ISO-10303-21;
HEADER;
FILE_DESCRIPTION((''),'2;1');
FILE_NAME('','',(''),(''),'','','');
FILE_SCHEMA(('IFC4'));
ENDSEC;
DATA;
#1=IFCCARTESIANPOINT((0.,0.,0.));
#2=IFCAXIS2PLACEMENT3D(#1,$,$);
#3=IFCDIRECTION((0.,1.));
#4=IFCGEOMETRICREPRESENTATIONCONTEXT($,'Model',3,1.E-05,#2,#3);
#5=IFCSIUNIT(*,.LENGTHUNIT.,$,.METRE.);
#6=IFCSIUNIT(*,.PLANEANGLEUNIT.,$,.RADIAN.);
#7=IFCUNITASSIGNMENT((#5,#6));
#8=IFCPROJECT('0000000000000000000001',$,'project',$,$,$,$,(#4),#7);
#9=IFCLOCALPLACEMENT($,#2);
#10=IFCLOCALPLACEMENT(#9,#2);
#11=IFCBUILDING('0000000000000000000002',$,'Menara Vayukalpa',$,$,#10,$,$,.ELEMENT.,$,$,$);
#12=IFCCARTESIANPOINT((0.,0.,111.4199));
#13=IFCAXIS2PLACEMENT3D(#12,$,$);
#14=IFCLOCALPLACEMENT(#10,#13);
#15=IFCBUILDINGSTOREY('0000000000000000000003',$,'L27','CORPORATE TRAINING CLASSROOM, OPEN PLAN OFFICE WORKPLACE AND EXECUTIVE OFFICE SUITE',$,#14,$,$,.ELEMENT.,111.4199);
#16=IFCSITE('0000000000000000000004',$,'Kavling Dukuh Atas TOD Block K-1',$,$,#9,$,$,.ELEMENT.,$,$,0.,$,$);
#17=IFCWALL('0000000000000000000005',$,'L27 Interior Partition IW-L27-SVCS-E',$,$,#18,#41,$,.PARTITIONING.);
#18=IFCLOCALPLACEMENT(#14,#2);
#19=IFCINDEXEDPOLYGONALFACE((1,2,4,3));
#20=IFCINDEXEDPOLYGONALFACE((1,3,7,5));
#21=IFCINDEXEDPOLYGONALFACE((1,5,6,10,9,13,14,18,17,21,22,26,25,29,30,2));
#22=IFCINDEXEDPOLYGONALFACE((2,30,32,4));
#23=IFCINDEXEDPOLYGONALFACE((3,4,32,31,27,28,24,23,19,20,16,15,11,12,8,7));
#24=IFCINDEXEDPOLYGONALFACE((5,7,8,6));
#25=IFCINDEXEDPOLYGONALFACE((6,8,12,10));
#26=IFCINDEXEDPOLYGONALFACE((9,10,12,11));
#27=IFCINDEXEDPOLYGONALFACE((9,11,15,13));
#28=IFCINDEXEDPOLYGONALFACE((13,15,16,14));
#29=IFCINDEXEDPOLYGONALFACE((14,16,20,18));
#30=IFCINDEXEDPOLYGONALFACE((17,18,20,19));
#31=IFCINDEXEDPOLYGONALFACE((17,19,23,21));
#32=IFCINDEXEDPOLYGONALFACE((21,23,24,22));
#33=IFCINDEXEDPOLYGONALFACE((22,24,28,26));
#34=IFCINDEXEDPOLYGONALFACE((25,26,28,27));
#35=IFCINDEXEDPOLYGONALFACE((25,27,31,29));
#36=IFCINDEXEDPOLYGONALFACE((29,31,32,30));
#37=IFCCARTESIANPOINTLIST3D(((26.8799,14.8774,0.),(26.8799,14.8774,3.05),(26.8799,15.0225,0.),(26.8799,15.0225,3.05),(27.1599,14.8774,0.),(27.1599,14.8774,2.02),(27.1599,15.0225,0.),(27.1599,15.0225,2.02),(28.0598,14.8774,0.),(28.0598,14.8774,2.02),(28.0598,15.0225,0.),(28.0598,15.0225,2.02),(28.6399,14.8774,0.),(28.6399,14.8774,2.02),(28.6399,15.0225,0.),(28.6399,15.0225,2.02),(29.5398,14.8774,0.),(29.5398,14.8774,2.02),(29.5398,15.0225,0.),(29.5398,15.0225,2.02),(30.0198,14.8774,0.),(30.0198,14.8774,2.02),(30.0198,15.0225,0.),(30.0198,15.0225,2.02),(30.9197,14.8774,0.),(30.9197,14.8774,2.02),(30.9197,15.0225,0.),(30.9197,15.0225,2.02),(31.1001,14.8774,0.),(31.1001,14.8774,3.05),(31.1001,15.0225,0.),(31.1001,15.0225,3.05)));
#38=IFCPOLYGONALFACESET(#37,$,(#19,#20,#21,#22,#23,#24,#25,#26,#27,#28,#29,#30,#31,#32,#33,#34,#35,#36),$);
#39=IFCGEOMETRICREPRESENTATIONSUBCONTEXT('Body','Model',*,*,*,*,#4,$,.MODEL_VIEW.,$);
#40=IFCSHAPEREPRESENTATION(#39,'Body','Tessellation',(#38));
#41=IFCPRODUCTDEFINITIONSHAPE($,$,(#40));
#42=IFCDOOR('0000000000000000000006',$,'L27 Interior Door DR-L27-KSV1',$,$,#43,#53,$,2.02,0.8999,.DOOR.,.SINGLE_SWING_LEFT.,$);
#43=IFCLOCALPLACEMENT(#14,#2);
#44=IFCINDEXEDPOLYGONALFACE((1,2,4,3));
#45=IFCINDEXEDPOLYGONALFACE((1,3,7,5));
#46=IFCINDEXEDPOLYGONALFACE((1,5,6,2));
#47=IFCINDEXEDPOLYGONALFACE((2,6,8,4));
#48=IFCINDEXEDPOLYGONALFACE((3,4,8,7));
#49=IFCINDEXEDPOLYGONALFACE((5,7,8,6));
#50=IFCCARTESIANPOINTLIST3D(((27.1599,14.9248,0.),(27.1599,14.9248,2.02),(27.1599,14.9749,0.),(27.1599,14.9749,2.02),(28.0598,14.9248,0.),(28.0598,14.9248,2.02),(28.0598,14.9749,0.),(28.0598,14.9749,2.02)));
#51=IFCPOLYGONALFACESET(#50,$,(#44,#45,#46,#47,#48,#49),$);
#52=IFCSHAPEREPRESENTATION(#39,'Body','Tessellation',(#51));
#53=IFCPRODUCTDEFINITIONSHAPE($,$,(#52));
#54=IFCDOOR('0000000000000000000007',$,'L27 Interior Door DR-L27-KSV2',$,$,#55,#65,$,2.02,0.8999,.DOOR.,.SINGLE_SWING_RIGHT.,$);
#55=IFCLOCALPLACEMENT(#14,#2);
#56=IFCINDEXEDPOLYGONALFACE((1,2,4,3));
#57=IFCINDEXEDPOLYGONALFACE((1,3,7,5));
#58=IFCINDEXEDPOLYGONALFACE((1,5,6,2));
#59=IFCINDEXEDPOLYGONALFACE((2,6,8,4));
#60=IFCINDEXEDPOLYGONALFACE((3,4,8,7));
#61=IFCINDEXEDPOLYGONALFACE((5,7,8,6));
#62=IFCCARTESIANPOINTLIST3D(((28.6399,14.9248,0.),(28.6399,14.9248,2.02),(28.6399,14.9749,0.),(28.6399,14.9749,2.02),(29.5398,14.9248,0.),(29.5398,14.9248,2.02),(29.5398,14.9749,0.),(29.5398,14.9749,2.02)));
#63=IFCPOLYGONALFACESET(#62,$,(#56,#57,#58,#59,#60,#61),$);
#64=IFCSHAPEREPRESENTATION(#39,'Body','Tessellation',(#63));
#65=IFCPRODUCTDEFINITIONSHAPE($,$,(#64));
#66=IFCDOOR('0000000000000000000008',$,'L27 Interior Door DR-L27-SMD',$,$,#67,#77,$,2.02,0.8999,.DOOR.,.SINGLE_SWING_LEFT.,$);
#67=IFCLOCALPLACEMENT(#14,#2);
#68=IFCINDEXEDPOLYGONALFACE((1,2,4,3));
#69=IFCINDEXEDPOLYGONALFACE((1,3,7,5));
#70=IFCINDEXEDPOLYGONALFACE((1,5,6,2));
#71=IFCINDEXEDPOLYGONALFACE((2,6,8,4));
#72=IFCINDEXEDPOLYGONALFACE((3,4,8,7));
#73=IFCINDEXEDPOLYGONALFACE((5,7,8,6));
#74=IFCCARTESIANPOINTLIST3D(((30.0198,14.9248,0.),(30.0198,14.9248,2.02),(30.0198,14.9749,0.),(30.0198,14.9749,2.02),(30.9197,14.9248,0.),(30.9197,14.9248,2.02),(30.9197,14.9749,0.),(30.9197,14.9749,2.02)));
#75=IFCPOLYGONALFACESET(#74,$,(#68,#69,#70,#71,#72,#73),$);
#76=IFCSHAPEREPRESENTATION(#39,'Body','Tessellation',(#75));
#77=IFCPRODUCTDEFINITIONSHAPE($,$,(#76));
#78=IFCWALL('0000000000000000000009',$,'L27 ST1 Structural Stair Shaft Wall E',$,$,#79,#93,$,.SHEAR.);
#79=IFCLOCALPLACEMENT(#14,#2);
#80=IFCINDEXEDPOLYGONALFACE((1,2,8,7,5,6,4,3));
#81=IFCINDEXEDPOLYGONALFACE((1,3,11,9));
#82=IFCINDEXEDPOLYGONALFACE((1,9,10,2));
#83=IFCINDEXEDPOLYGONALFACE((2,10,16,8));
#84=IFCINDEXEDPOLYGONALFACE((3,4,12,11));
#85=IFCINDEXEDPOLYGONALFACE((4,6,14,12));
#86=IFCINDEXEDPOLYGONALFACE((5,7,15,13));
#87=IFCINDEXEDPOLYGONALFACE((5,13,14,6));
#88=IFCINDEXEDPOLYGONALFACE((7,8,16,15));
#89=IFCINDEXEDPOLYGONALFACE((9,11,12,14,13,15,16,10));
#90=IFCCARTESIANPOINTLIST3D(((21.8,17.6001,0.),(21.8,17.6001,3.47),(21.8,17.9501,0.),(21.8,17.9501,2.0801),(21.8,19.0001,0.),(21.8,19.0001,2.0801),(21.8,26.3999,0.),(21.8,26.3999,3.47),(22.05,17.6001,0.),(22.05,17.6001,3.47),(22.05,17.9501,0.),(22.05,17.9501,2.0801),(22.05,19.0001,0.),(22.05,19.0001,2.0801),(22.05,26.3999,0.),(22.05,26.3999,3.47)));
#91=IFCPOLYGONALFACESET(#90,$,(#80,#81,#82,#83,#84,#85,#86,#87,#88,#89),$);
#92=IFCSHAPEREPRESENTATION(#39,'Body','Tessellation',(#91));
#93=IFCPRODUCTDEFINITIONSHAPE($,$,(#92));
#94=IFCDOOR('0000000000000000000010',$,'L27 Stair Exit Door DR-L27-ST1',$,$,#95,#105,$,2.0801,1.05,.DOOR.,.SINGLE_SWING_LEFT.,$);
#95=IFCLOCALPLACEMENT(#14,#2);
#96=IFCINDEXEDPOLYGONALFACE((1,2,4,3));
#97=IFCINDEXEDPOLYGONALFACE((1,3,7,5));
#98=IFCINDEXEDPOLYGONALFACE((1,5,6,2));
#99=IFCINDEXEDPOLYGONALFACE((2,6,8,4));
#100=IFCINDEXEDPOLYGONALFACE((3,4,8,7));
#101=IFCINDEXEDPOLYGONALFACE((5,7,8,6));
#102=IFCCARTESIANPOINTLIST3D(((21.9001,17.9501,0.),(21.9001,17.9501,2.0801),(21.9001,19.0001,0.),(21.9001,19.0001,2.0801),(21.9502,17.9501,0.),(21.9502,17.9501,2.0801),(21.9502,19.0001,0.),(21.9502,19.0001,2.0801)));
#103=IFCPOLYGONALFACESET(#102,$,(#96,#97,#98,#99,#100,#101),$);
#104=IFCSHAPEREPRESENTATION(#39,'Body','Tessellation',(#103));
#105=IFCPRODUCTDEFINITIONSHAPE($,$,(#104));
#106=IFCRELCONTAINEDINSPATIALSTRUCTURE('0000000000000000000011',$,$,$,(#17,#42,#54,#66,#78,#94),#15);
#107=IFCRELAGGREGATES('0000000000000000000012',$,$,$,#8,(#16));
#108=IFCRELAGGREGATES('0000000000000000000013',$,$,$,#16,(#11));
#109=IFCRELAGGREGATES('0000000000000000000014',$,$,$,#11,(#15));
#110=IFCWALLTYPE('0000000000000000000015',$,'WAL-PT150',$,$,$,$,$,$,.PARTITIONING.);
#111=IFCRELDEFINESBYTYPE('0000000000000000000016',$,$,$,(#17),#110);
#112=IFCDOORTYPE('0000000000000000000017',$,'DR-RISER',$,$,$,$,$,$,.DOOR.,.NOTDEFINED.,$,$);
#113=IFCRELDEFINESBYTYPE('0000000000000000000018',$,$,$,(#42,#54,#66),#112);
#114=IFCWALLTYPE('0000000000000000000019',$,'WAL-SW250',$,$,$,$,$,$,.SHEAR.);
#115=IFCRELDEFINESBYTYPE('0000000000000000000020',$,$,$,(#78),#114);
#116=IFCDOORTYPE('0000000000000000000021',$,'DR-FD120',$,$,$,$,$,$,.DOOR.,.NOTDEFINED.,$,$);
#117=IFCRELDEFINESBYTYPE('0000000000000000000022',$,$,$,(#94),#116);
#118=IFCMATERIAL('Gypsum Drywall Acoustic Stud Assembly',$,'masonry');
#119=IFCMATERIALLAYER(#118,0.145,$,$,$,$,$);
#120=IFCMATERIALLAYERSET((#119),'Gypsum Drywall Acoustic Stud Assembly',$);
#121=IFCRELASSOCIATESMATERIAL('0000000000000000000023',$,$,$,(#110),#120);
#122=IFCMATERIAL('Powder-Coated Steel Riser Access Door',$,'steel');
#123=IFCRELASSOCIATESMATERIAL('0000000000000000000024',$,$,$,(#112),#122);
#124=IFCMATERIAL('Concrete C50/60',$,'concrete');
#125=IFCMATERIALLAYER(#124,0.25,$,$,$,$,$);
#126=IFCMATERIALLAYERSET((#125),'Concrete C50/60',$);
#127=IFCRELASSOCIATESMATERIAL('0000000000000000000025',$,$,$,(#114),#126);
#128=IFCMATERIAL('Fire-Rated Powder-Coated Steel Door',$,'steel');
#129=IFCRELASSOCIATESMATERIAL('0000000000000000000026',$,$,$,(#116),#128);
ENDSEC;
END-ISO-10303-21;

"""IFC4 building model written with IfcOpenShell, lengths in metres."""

from ifc_helpers import new_model, si_unit, direction, frame, frame_2d, origin, place, context, subcontext, project, spatial, rectangle, extrude, material, layer, layer_set, type_object, element, fill, save


model = new_model("IFC4")

# Units and contexts
model_context = context("Model", 3, precision=1e-05, world=origin(), true_north=direction((0.0, 1.0)))
body_context = subcontext(model_context, "Body", "Model", "MODEL_VIEW")
ifc_project = project(units=[si_unit("LENGTHUNIT", "METRE"), si_unit("PLANEANGLEUNIT", "RADIAN")], contexts=[model_context])

# Site, building, storey
site_placement = place(None, origin())
site = spatial("IfcSite", under=ifc_project, at=site_placement, Name="Kavling Dukuh Atas TOD Block K-1", CompositionType="ELEMENT", RefElevation=0.0)
building_placement = place(site_placement, origin())
building = spatial("IfcBuilding", under=site, at=building_placement, Name="Menara Vayukalpa", CompositionType="ELEMENT")
storey_placement = place(building_placement, frame((0.0, 0.0, 111.4199)))
storey = spatial("IfcBuildingStorey", under=building, at=storey_placement, Name="L27", Description="CORPORATE TRAINING CLASSROOM, OPEN PLAN OFFICE WORKPLACE AND EXECUTIVE OFFICE SUITE", CompositionType="ELEMENT", Elevation=111.4199)

# Wall, openings, doors
ifc_material_1 = material(Name="Gypsum Drywall Acoustic Stud Assembly", Category="masonry")
ifc_layer_1 = layer(ifc_material_1, 0.145)
ifc_layer_set_1 = layer_set([ifc_layer_1], Name="Gypsum Drywall Acoustic Stud Assembly")
wall_type_1 = type_object("IfcWallType", Name="WAL-PT150", PredefinedType="PARTITIONING", material=ifc_layer_set_1)
wall_1_placement = place(storey_placement, frame((26.8799, 14.95, 0.0), z_axis=(0.0, 0.0, 1.0), x_axis=(1.0, 0.0, 0.0)))
wall_1 = element("IfcWall", 1, at=wall_1_placement, inside=storey, type_object=wall_type_1, Name="L27 Interior Partition IW-L27-SVCS-E", PredefinedType="PARTITIONING", context=body_context, shape_type="SweptSolid", body=[
    extrude(rectangle(XDim=4.2202, YDim=0.145, at=frame_2d((2.1101, 0.0))), origin(), (0.0, 0.0, 1.0), 3.05),
])
opening_1_placement = place(wall_1_placement, frame((0.28, 0.0, 0.0)))
opening_1 = element("IfcOpeningElement", 2, at=opening_1_placement, cuts=wall_1, PredefinedType="OPENING", context=body_context, shape_type="SweptSolid", body=[
    extrude(rectangle(XDim=0.8999, YDim=2.02, at=frame_2d((0.45, 1.01))), frame((0.0, 0.0825, 0.0), z_axis=(0.0, -1.0, 0.0), x_axis=(1.0, 0.0, 0.0)), (0.0, 0.0, 1.0), 0.165),
])
opening_2_placement = place(wall_1_placement, frame((1.76, 0.0, 0.0)))
opening_2 = element("IfcOpeningElement", 3, at=opening_2_placement, cuts=wall_1, PredefinedType="OPENING", context=body_context, shape_type="SweptSolid", body=[
    extrude(rectangle(XDim=0.8999, YDim=2.02, at=frame_2d((0.45, 1.01))), frame((0.0, 0.0825, 0.0), z_axis=(0.0, -1.0, 0.0), x_axis=(1.0, 0.0, 0.0)), (0.0, 0.0, 1.0), 0.165),
])
opening_3_placement = place(wall_1_placement, frame((3.1399, 0.0, 0.0)))
opening_3 = element("IfcOpeningElement", 4, at=opening_3_placement, cuts=wall_1, PredefinedType="OPENING", context=body_context, shape_type="SweptSolid", body=[
    extrude(rectangle(XDim=0.8999, YDim=2.02, at=frame_2d((0.45, 1.01))), frame((0.0, 0.0825, 0.0), z_axis=(0.0, -1.0, 0.0), x_axis=(1.0, 0.0, 0.0)), (0.0, 0.0, 1.0), 0.165),
])
ifc_material_2 = material(Name="Powder-Coated Steel Riser Access Door", Category="steel")
door_type_1 = type_object("IfcDoorType", Name="DR-RISER", OperationType="NOTDEFINED", PredefinedType="DOOR", material=ifc_material_2)
door_1_placement = place(opening_1_placement, origin())
door_1 = element("IfcDoor", 5, at=door_1_placement, inside=storey, type_object=door_type_1, Name="L27 Interior Door DR-L27-KSV1", OperationType="SINGLE_SWING_LEFT", OverallHeight=2.02, OverallWidth=0.8999, PredefinedType="DOOR", context=body_context, shape_type="SweptSolid", body=[
    extrude(rectangle(XDim=0.8999, YDim=2.02, at=frame_2d((0.45, 1.01))), frame((0.0, 0.0249, 0.0), z_axis=(0.0, -1.0, 0.0), x_axis=(1.0, 0.0, 0.0)), (0.0, 0.0, 1.0), 0.05),
])
fill(opening_1, door_1)
door_2_placement = place(opening_2_placement, origin())
door_2 = element("IfcDoor", 6, at=door_2_placement, inside=storey, type_object=door_type_1, Name="L27 Interior Door DR-L27-KSV2", OperationType="SINGLE_SWING_RIGHT", OverallHeight=2.02, OverallWidth=0.8999, PredefinedType="DOOR", context=body_context, shape_type="SweptSolid", body=[
    extrude(rectangle(XDim=0.8999, YDim=2.02, at=frame_2d((0.45, 1.01))), frame((0.0, 0.0249, 0.0), z_axis=(0.0, -1.0, 0.0), x_axis=(1.0, 0.0, 0.0)), (0.0, 0.0, 1.0), 0.05),
])
fill(opening_2, door_2)
door_3_placement = place(opening_3_placement, origin())
door_3 = element("IfcDoor", 7, at=door_3_placement, inside=storey, type_object=door_type_1, Name="L27 Interior Door DR-L27-SMD", OperationType="SINGLE_SWING_LEFT", OverallHeight=2.02, OverallWidth=0.8999, PredefinedType="DOOR", context=body_context, shape_type="SweptSolid", body=[
    extrude(rectangle(XDim=0.8999, YDim=2.02, at=frame_2d((0.45, 1.01))), frame((0.0, 0.0249, 0.0), z_axis=(0.0, -1.0, 0.0), x_axis=(1.0, 0.0, 0.0)), (0.0, 0.0, 1.0), 0.05),
])
fill(opening_3, door_3)

# Wall, opening, door
ifc_material_3 = material(Name="Concrete C50/60", Category="concrete")
ifc_layer_2 = layer(ifc_material_3, 0.25)
ifc_layer_set_2 = layer_set([ifc_layer_2], Name="Concrete C50/60")
wall_type_2 = type_object("IfcWallType", Name="WAL-SW250", PredefinedType="SHEAR", material=ifc_layer_set_2)
wall_2_placement = place(storey_placement, frame((21.925, 17.6001, 0.0), z_axis=(0.0, 0.0, 1.0), x_axis=(0.0, 1.0, 0.0)))
wall_2 = element("IfcWall", 8, at=wall_2_placement, inside=storey, type_object=wall_type_2, Name="L27 ST1 Structural Stair Shaft Wall E", PredefinedType="SHEAR", context=body_context, shape_type="SweptSolid", body=[
    extrude(rectangle(XDim=8.7998, YDim=0.25, at=frame_2d((4.3999, 0.0))), origin(), (0.0, 0.0, 1.0), 3.47),
])
opening_4_placement = place(wall_2_placement, frame((0.3501, 0.0, 0.0)))
opening_4 = element("IfcOpeningElement", 9, at=opening_4_placement, cuts=wall_2, PredefinedType="OPENING", context=body_context, shape_type="SweptSolid", body=[
    extrude(rectangle(XDim=1.05, YDim=2.0801, at=frame_2d((0.5249, 1.04))), frame((0.0, 0.135, 0.0), z_axis=(0.0, -1.0, 0.0), x_axis=(1.0, 0.0, 0.0)), (0.0, 0.0, 1.0), 0.27),
])
ifc_material_4 = material(Name="Fire-Rated Powder-Coated Steel Door", Category="steel")
door_type_2 = type_object("IfcDoorType", Name="DR-FD120", OperationType="NOTDEFINED", PredefinedType="DOOR", material=ifc_material_4)
door_4_placement = place(opening_4_placement, origin())
door_4 = element("IfcDoor", 10, at=door_4_placement, inside=storey, type_object=door_type_2, Name="L27 Stair Exit Door DR-L27-ST1", OperationType="SINGLE_SWING_LEFT", OverallHeight=2.0801, OverallWidth=1.05, PredefinedType="DOOR", context=body_context, shape_type="SweptSolid", body=[
    extrude(rectangle(XDim=1.05, YDim=2.0801, at=frame_2d((0.5249, 1.04))), frame((0.0, 0.0249, 0.0), z_axis=(0.0, -1.0, 0.0), x_axis=(1.0, 0.0, 0.0)), (0.0, 0.0, 1.0), 0.05),
])
fill(opening_4, door_4)

save(model, "model.ifc")
